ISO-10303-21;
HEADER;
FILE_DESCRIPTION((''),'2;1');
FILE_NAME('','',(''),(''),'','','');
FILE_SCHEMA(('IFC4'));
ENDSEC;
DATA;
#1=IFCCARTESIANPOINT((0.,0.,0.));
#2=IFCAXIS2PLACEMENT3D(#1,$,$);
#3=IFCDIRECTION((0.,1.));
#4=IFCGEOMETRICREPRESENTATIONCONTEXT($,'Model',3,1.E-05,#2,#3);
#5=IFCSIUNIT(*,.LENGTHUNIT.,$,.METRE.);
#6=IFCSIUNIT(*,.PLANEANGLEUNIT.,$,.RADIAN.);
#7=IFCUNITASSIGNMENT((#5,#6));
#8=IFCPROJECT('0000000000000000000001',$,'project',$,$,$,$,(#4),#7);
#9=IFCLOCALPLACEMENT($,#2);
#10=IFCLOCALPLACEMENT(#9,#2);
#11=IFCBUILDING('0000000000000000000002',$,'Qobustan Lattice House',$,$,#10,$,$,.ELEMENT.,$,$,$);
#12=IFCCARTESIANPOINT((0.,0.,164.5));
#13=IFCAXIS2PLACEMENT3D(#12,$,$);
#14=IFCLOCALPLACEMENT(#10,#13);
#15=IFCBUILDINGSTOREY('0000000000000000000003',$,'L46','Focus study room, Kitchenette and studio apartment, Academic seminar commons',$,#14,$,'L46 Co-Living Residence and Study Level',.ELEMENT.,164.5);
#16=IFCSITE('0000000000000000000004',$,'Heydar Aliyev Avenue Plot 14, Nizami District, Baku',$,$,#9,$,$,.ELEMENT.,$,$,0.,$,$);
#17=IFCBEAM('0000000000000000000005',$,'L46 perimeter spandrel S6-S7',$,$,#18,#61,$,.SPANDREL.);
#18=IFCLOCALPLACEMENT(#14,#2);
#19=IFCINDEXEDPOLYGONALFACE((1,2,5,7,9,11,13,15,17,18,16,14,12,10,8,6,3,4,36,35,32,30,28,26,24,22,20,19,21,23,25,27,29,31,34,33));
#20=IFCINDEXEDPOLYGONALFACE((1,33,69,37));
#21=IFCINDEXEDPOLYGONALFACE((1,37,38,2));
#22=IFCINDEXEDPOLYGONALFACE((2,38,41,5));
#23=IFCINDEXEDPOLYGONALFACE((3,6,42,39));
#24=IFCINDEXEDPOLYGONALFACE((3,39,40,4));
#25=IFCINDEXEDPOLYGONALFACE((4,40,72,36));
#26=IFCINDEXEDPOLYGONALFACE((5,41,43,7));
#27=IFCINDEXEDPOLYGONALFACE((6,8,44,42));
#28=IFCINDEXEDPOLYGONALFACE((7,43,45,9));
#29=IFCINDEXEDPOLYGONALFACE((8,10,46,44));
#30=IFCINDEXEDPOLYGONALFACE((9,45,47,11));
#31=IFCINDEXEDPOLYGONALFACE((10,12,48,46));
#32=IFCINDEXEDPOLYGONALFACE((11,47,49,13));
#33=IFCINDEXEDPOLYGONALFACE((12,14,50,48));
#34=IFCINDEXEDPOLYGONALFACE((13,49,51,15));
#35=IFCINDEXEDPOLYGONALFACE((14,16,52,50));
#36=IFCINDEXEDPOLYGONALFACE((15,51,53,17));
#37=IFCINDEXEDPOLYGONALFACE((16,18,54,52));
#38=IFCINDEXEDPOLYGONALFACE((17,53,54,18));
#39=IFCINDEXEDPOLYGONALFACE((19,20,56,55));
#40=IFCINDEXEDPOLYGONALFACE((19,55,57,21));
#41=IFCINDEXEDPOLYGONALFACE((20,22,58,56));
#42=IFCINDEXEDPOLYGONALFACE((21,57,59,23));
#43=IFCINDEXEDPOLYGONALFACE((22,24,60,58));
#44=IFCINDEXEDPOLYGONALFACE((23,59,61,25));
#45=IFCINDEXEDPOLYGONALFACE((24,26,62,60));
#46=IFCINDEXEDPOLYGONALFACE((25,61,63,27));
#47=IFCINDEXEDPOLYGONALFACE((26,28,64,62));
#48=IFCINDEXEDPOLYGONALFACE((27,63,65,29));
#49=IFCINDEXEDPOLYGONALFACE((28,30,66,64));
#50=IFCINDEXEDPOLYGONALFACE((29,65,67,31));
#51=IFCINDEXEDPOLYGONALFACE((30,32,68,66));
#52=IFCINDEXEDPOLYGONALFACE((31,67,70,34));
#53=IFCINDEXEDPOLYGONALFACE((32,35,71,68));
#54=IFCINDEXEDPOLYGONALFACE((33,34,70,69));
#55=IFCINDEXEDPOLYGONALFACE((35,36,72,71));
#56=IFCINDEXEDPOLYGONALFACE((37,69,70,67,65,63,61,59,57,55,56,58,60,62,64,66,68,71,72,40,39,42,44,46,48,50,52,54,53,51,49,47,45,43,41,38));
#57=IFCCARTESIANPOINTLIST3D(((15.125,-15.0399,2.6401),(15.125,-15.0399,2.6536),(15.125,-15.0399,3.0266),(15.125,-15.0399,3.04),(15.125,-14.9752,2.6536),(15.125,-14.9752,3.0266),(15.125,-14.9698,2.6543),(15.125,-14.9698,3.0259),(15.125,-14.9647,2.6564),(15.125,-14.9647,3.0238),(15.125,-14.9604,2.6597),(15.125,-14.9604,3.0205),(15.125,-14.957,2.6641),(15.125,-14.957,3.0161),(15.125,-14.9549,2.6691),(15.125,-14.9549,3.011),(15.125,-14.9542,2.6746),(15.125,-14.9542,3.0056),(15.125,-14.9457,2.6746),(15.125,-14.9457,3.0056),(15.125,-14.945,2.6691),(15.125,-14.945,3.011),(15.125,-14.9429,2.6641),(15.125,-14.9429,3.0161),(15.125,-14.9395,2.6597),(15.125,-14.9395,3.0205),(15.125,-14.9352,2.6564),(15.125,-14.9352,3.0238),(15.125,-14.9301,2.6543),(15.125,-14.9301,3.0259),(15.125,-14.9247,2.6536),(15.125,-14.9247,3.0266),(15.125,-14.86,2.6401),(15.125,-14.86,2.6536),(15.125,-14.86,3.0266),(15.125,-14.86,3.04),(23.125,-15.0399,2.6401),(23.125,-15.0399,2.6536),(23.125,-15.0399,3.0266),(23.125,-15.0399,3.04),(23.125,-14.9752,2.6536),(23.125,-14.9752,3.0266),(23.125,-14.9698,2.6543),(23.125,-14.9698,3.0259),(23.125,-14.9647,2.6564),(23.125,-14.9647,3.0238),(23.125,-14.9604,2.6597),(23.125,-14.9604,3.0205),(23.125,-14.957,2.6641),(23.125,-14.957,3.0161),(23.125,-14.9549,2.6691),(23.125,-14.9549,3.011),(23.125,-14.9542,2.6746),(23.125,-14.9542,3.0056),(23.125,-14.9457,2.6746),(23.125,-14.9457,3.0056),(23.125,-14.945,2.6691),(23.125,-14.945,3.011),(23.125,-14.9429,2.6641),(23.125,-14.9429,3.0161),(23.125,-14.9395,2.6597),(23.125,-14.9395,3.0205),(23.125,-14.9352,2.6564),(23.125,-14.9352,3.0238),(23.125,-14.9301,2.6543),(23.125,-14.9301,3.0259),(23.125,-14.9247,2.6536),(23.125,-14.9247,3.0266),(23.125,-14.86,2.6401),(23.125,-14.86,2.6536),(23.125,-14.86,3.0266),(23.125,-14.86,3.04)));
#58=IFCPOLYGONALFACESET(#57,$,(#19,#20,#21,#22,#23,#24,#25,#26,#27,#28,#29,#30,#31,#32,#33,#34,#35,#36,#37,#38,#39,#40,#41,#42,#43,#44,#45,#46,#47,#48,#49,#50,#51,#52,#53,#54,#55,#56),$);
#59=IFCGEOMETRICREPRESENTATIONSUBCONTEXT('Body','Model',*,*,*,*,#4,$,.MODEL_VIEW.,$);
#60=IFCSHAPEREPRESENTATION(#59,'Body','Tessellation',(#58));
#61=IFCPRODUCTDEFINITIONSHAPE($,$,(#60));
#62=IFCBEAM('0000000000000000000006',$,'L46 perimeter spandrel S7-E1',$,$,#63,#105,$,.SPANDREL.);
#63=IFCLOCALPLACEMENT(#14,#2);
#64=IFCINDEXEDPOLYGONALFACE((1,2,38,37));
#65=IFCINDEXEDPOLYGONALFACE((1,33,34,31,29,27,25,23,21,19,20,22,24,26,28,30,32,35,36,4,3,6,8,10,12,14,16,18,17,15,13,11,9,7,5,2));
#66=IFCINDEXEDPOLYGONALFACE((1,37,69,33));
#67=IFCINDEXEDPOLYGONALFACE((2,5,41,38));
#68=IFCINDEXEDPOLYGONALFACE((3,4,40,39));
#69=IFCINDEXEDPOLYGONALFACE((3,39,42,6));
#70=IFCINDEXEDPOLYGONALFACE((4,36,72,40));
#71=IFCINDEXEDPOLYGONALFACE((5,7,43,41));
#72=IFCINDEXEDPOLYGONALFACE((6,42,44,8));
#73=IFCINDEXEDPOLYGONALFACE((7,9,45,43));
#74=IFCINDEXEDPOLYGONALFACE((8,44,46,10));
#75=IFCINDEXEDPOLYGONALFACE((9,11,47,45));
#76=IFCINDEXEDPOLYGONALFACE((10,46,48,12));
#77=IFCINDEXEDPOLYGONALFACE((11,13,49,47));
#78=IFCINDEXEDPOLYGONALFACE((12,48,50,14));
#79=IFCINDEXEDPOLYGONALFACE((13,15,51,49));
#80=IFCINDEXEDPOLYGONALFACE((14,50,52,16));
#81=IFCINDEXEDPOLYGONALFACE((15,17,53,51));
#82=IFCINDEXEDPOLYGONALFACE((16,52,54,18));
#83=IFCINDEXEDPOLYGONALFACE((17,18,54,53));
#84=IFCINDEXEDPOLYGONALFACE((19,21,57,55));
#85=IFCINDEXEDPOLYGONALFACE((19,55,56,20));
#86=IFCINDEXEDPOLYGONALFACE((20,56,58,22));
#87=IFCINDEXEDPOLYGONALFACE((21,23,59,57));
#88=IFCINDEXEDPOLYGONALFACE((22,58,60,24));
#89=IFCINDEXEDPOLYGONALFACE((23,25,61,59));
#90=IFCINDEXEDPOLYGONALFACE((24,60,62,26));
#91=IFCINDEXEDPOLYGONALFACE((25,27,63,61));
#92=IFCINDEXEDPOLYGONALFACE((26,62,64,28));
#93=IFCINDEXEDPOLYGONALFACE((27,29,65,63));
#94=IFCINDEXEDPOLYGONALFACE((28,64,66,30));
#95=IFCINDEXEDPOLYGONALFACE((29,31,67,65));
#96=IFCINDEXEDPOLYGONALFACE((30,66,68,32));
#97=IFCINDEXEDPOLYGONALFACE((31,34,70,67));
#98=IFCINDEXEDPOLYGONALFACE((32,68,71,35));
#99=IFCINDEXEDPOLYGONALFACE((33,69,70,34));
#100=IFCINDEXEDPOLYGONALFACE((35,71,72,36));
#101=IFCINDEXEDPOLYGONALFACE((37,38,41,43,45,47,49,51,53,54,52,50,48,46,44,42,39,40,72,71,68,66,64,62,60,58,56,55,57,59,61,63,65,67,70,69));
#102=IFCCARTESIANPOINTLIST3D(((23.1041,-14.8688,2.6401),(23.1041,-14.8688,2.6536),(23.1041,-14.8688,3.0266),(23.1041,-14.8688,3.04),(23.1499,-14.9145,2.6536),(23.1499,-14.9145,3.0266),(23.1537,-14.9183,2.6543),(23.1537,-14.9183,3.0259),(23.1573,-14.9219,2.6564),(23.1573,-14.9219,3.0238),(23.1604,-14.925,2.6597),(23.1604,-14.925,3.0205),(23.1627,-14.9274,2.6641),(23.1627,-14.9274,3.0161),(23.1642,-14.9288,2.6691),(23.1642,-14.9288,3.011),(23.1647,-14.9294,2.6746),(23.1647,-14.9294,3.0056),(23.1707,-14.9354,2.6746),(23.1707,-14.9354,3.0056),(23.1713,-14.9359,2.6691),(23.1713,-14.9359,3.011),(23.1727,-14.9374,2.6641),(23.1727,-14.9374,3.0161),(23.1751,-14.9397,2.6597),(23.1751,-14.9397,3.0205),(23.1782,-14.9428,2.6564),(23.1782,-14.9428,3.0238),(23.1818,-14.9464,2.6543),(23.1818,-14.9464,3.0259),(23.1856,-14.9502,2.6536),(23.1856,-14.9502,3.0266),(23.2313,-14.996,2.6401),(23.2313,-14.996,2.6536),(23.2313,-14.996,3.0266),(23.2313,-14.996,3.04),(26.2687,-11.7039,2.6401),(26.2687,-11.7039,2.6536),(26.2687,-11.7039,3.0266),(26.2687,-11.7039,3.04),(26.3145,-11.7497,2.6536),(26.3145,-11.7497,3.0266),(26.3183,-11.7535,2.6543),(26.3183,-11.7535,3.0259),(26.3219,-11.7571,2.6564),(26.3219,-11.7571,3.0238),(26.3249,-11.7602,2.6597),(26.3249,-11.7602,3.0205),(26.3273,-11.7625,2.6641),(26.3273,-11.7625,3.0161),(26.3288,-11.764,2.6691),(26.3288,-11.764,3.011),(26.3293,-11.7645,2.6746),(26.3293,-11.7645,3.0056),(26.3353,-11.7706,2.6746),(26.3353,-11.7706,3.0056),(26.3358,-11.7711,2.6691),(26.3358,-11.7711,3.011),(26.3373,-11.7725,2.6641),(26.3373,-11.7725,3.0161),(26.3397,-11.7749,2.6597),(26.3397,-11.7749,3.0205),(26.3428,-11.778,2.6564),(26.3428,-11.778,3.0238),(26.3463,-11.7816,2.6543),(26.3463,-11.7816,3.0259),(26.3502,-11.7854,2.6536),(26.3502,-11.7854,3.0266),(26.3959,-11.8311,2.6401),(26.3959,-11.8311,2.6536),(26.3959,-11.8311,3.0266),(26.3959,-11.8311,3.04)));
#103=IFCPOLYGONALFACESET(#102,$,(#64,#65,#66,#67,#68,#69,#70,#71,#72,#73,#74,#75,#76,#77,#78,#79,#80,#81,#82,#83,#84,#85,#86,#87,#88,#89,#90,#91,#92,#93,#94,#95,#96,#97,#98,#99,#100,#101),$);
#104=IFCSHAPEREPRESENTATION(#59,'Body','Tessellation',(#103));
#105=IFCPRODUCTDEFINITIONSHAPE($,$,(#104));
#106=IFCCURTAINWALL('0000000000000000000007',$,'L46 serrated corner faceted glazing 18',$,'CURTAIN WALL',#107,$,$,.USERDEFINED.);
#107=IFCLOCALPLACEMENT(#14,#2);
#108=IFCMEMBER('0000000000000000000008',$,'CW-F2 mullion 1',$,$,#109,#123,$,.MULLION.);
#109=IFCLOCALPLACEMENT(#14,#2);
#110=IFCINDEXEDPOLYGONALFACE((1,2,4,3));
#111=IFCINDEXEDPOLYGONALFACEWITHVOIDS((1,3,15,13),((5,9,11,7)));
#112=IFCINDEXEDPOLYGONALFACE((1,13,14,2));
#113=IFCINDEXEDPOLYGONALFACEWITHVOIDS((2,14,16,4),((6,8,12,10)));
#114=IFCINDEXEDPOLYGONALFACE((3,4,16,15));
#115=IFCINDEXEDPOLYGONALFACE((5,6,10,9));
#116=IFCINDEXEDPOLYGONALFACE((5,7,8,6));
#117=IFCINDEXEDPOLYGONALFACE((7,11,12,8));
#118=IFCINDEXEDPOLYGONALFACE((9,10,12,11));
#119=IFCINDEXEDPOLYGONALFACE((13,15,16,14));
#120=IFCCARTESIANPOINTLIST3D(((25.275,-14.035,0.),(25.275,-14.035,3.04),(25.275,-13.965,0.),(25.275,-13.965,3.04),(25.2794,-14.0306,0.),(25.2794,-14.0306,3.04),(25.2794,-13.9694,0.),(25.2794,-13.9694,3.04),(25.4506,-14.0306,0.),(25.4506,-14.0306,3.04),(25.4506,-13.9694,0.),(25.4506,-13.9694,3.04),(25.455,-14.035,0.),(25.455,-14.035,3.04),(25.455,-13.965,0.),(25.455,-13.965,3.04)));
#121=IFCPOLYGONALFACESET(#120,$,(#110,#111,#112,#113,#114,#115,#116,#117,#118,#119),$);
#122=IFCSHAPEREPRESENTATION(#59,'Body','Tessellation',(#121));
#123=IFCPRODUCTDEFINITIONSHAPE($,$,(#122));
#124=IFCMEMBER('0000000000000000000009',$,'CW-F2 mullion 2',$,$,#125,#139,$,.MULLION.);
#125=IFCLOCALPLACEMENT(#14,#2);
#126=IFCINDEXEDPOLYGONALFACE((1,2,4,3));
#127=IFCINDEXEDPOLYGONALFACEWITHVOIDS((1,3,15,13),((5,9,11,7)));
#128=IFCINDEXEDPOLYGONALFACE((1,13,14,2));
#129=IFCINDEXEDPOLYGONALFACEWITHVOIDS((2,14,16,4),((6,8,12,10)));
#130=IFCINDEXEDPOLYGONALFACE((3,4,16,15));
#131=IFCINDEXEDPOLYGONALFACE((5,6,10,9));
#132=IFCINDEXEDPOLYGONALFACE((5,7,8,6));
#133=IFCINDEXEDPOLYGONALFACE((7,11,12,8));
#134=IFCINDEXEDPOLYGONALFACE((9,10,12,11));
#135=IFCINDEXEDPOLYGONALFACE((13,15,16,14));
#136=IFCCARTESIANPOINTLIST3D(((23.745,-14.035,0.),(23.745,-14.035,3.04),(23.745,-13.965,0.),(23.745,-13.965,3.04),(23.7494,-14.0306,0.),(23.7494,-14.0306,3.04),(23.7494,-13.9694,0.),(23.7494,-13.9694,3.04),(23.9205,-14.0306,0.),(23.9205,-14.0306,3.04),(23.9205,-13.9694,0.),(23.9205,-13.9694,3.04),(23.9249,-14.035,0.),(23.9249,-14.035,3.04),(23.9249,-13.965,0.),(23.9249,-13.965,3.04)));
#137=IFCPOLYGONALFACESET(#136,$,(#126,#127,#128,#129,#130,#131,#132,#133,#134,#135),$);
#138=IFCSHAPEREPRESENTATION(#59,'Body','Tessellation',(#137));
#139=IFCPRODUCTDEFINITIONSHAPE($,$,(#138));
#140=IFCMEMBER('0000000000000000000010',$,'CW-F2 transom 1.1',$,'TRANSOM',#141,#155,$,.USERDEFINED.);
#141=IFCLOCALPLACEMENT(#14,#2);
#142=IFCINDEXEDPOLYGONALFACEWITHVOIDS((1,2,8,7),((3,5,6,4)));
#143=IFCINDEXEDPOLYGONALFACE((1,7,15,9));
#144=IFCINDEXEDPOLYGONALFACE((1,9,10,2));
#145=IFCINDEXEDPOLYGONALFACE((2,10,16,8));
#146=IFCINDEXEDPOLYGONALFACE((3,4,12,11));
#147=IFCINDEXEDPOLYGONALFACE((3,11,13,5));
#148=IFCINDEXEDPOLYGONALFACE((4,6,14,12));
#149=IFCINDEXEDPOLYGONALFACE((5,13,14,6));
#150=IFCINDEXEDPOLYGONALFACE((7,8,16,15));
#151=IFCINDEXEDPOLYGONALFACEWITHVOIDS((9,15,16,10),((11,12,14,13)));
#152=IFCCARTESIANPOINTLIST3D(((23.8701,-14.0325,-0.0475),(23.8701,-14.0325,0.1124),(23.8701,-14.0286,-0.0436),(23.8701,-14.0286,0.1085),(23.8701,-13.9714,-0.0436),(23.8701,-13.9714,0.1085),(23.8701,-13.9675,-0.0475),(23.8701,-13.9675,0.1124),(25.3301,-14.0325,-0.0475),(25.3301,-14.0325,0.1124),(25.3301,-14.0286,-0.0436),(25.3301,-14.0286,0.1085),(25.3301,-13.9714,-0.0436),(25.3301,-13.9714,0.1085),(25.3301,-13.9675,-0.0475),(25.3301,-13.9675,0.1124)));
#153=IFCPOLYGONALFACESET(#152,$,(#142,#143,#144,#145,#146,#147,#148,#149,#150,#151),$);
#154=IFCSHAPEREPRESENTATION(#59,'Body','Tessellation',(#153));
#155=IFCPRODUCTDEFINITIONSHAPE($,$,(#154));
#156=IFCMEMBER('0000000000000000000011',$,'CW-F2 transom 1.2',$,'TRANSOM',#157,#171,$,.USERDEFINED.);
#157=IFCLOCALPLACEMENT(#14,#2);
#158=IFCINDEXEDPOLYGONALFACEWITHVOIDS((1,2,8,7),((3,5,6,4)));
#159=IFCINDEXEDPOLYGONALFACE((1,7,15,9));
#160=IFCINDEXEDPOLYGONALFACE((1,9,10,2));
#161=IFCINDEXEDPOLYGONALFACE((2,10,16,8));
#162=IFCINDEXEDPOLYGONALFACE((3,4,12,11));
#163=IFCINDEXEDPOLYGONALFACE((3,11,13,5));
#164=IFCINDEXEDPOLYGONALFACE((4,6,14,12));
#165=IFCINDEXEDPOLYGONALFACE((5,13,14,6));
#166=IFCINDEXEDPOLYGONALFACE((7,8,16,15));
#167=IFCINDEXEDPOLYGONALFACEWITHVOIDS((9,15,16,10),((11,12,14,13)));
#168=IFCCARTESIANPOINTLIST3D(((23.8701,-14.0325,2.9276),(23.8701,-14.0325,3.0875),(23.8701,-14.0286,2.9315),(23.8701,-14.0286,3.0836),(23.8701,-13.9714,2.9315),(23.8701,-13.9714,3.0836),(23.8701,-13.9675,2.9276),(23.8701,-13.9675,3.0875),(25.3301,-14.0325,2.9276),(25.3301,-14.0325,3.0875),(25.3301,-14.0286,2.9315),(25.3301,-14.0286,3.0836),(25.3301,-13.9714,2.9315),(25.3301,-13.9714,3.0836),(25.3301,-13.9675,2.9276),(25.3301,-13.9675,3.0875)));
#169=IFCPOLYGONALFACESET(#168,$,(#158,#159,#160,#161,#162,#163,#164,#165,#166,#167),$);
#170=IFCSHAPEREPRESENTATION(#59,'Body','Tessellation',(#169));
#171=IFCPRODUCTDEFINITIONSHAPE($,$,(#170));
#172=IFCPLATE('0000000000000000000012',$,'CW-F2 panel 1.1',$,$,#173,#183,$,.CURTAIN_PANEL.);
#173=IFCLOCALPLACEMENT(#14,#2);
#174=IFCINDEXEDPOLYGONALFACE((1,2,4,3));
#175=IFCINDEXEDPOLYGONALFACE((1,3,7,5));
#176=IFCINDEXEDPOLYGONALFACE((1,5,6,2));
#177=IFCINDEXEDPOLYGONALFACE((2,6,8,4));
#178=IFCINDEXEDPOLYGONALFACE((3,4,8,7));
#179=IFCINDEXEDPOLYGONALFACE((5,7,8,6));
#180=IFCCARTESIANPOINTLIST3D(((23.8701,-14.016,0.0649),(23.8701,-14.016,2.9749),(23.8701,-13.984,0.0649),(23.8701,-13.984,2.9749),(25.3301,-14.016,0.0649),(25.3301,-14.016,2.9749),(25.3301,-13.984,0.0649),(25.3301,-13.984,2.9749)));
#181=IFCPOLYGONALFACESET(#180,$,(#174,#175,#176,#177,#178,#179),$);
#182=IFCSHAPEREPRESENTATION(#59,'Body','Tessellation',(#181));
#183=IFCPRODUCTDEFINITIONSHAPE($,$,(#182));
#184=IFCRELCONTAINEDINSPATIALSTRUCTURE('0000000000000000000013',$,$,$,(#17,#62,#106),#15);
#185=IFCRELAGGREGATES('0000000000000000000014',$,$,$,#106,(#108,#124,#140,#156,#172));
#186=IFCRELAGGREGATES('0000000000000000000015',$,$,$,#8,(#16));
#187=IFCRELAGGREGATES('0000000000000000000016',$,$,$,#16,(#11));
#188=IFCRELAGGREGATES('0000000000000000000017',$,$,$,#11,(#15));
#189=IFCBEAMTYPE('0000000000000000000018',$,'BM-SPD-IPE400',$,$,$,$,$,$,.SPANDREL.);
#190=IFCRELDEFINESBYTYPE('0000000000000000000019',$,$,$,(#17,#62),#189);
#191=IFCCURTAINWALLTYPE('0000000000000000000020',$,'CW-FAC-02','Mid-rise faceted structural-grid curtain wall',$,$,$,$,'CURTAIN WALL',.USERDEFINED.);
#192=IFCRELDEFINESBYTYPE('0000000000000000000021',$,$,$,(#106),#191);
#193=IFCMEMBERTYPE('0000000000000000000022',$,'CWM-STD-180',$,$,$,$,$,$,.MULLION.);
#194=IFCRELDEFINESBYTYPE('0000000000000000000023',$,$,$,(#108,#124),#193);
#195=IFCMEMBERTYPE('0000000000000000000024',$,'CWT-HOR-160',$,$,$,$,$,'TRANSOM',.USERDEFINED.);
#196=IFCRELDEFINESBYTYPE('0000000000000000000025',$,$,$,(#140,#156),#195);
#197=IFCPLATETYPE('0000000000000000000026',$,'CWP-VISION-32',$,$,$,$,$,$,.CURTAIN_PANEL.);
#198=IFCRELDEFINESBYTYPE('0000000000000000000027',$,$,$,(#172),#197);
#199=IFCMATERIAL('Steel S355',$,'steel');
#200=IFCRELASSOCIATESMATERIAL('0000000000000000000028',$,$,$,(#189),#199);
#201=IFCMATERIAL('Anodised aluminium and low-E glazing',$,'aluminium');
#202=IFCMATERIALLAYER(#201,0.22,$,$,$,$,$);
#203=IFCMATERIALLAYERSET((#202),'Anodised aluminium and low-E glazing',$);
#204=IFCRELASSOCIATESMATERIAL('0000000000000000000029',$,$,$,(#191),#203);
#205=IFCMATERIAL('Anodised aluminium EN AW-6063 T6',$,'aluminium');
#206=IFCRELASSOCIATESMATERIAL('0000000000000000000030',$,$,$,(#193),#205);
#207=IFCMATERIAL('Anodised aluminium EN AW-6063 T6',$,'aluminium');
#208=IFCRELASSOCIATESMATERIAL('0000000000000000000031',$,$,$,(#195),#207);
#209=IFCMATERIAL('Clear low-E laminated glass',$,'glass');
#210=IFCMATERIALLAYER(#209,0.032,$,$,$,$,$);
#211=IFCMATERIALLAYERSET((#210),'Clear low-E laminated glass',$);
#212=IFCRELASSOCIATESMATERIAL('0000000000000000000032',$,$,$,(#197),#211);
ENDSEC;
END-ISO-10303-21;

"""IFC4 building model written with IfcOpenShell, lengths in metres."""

from ifc_helpers import new_model, si_unit, direction, frame, origin, origin_2d, place, context, subcontext, project, spatial, rectangle, hollow_rectangle, i_section, extrude, material, layer, layer_set, material_profile, profile_set, type_object, element, aggregate, save


model = new_model("IFC4")

# Units and contexts
model_context = context("Model", 3, precision=1e-05, world=origin(), true_north=direction((0.0, 1.0)))
body_context = subcontext(model_context, "Body", "Model", "MODEL_VIEW")
ifc_project = project(units=[si_unit("LENGTHUNIT", "METRE"), si_unit("PLANEANGLEUNIT", "RADIAN")], contexts=[model_context])

# Site, building, storey
site_placement = place(None, origin())
site = spatial("IfcSite", under=ifc_project, at=site_placement, Name="Heydar Aliyev Avenue Plot 14, Nizami District, Baku", CompositionType="ELEMENT", RefElevation=0.0)
building_placement = place(site_placement, origin())
building = spatial("IfcBuilding", under=site, at=building_placement, Name="Qobustan Lattice House", CompositionType="ELEMENT")
storey_placement = place(building_placement, frame((0.0, 0.0, 164.5)))
storey = spatial("IfcBuildingStorey", under=building, at=storey_placement, Name="L46", Description="Focus study room, Kitchenette and studio apartment, Academic seminar commons", LongName="L46 Co-Living Residence and Study Level", CompositionType="ELEMENT", Elevation=164.5)

# Beams
ifc_material_1 = material(Name="Steel S355", Category="steel")
ifc_material_profile_1 = material_profile(ifc_material_1, i_section(OverallWidth=0.1799, OverallDepth=0.3999, WebThickness=0.0085, FlangeThickness=0.0134, FilletRadius=0.021, at=origin_2d()), Name="IPE400")
ifc_profile_set_1 = profile_set([ifc_material_profile_1], Name="Steel S355")
beam_type_1 = type_object("IfcBeamType", Name="BM-SPD-IPE400", PredefinedType="SPANDREL", material=ifc_profile_set_1)
beam_1_placement = place(storey_placement, frame((15.125, -14.95, 2.8401), z_axis=(1.0, 0.0, 0.0), x_axis=(0.0, 1.0, 0.0)))
element("IfcBeam", 1, at=beam_1_placement, inside=storey, type_object=beam_type_1, Name="L46 perimeter spandrel S6-S7", PredefinedType="SPANDREL", context=body_context, shape_type="SweptSolid", body=[
    extrude(i_section(OverallWidth=0.1799, OverallDepth=0.3999, WebThickness=0.0085, FlangeThickness=0.0134, FilletRadius=0.021, at=origin_2d()), origin(), (0.0, 0.0, 1.0), 8.0),
])
beam_2_placement = place(storey_placement, frame((23.1677, -14.9324, 2.8401), z_axis=(0.70708, 0.707134, 0.0), x_axis=(-0.707134, 0.70708, 0.0)))
element("IfcBeam", 2, at=beam_2_placement, inside=storey, type_object=beam_type_1, Name="L46 perimeter spandrel S7-E1", PredefinedType="SPANDREL", context=body_context, shape_type="SweptSolid", body=[
    extrude(i_section(OverallWidth=0.1799, OverallDepth=0.3999, WebThickness=0.0085, FlangeThickness=0.0134, FilletRadius=0.021, at=origin_2d()), origin(), (0.0, 0.0, 1.0), 4.4756),
])

# Curtain wall, members, plate
ifc_material_2 = material(Name="Anodised aluminium and low-E glazing", Category="aluminium")
ifc_layer_1 = layer(ifc_material_2, 0.22)
ifc_layer_set_1 = layer_set([ifc_layer_1], Name="Anodised aluminium and low-E glazing")
curtain_wall_type = type_object("IfcCurtainWallType", Name="CW-FAC-02", Description="Mid-rise faceted structural-grid curtain wall", ElementType="CURTAIN WALL", PredefinedType="USERDEFINED", material=ifc_layer_set_1)
curtain_wall_placement = place(storey_placement, origin())
curtain_wall = element("IfcCurtainWall", 3, at=curtain_wall_placement, inside=storey, type_object=curtain_wall_type, Name="L46 serrated corner faceted glazing 18", ObjectType="CURTAIN WALL", PredefinedType="USERDEFINED")
ifc_material_3 = material(Name="Anodised aluminium EN AW-6063 T6", Category="aluminium")
ifc_material_profile_2 = material_profile(ifc_material_3, hollow_rectangle(XDim=0.0701, YDim=0.1799, WallThickness=0.0044, at=origin_2d()), Name="CWM-180x70")
ifc_profile_set_2 = profile_set([ifc_material_profile_2], Name="Anodised aluminium EN AW-6063 T6")
member_type_1 = type_object("IfcMemberType", Name="CWM-STD-180", PredefinedType="MULLION", material=ifc_profile_set_2)
member_1_placement = place(storey_placement, frame((25.365, -14.0, 0.0), z_axis=(0.0, 0.0, 1.0), x_axis=(0.0, -1.0, 0.0)))
member_1 = element("IfcMember", 4, at=member_1_placement, type_object=member_type_1, Name="CW-F2 mullion 1", PredefinedType="MULLION", context=body_context, shape_type="SweptSolid", body=[
    extrude(hollow_rectangle(XDim=0.0701, YDim=0.1799, WallThickness=0.0044, at=origin_2d()), origin(), (0.0, 0.0, 1.0), 3.04),
])
member_2_placement = place(storey_placement, frame((23.835, -14.0, 0.0), z_axis=(0.0, 0.0, 1.0), x_axis=(0.0, -1.0, 0.0)))
member_2 = element("IfcMember", 5, at=member_2_placement, type_object=member_type_1, Name="CW-F2 mullion 2", PredefinedType="MULLION", context=body_context, shape_type="SweptSolid", body=[
    extrude(hollow_rectangle(XDim=0.0701, YDim=0.1799, WallThickness=0.0044, at=origin_2d()), origin(), (0.0, 0.0, 1.0), 3.04),
])
ifc_material_4 = material(Name="Anodised aluminium EN AW-6063 T6", Category="aluminium")
ifc_material_profile_3 = material_profile(ifc_material_4, hollow_rectangle(XDim=0.0649, YDim=0.1599, WallThickness=0.0039, at=origin_2d()), Name="CWT-160x65")
ifc_profile_set_3 = profile_set([ifc_material_profile_3], Name="Anodised aluminium EN AW-6063 T6")
member_type_2 = type_object("IfcMemberType", Name="CWT-HOR-160", ElementType="TRANSOM", PredefinedType="USERDEFINED", material=ifc_profile_set_3)
member_3_placement = place(storey_placement, frame((25.3301, -14.0, 0.0325), z_axis=(-1.0, 0.0, 0.0), x_axis=(0.0, -1.0, 0.0)))
member_3 = element("IfcMember", 6, at=member_3_placement, type_object=member_type_2, Name="CW-F2 transom 1.1", ObjectType="TRANSOM", PredefinedType="USERDEFINED", context=body_context, shape_type="SweptSolid", body=[
    extrude(hollow_rectangle(XDim=0.0649, YDim=0.1599, WallThickness=0.0039, at=origin_2d()), origin(), (0.0, 0.0, 1.0), 1.46),
])
member_4_placement = place(storey_placement, frame((25.3301, -14.0, 3.0076), z_axis=(-1.0, 0.0, 0.0), x_axis=(0.0, -1.0, 0.0)))
member_4 = element("IfcMember", 7, at=member_4_placement, type_object=member_type_2, Name="CW-F2 transom 1.2", ObjectType="TRANSOM", PredefinedType="USERDEFINED", context=body_context, shape_type="SweptSolid", body=[
    extrude(hollow_rectangle(XDim=0.0649, YDim=0.1599, WallThickness=0.0039, at=origin_2d()), origin(), (0.0, 0.0, 1.0), 1.46),
])
ifc_material_5 = material(Name="Clear low-E laminated glass", Category="glass")
ifc_layer_2 = layer(ifc_material_5, 0.032)
ifc_layer_set_2 = layer_set([ifc_layer_2], Name="Clear low-E laminated glass")
plate_type_1 = type_object("IfcPlateType", Name="CWP-VISION-32", PredefinedType="CURTAIN_PANEL", material=ifc_layer_set_2)
plate_1_placement = place(storey_placement, frame((24.6001, -14.0, 0.0649), z_axis=(0.0, 0.0, 1.0), x_axis=(-1.0, 0.0, 0.0)))
plate_1 = element("IfcPlate", 8, at=plate_1_placement, type_object=plate_type_1, Name="CW-F2 panel 1.1", PredefinedType="CURTAIN_PANEL", context=body_context, shape_type="SweptSolid", body=[
    extrude(rectangle(XDim=1.46, YDim=0.032, at=origin_2d()), origin(), (0.0, 0.0, 1.0), 2.9099),
])
aggregate(curtain_wall, [member_1, member_2, member_3, member_4, plate_1])

save(model, "model.ifc")
